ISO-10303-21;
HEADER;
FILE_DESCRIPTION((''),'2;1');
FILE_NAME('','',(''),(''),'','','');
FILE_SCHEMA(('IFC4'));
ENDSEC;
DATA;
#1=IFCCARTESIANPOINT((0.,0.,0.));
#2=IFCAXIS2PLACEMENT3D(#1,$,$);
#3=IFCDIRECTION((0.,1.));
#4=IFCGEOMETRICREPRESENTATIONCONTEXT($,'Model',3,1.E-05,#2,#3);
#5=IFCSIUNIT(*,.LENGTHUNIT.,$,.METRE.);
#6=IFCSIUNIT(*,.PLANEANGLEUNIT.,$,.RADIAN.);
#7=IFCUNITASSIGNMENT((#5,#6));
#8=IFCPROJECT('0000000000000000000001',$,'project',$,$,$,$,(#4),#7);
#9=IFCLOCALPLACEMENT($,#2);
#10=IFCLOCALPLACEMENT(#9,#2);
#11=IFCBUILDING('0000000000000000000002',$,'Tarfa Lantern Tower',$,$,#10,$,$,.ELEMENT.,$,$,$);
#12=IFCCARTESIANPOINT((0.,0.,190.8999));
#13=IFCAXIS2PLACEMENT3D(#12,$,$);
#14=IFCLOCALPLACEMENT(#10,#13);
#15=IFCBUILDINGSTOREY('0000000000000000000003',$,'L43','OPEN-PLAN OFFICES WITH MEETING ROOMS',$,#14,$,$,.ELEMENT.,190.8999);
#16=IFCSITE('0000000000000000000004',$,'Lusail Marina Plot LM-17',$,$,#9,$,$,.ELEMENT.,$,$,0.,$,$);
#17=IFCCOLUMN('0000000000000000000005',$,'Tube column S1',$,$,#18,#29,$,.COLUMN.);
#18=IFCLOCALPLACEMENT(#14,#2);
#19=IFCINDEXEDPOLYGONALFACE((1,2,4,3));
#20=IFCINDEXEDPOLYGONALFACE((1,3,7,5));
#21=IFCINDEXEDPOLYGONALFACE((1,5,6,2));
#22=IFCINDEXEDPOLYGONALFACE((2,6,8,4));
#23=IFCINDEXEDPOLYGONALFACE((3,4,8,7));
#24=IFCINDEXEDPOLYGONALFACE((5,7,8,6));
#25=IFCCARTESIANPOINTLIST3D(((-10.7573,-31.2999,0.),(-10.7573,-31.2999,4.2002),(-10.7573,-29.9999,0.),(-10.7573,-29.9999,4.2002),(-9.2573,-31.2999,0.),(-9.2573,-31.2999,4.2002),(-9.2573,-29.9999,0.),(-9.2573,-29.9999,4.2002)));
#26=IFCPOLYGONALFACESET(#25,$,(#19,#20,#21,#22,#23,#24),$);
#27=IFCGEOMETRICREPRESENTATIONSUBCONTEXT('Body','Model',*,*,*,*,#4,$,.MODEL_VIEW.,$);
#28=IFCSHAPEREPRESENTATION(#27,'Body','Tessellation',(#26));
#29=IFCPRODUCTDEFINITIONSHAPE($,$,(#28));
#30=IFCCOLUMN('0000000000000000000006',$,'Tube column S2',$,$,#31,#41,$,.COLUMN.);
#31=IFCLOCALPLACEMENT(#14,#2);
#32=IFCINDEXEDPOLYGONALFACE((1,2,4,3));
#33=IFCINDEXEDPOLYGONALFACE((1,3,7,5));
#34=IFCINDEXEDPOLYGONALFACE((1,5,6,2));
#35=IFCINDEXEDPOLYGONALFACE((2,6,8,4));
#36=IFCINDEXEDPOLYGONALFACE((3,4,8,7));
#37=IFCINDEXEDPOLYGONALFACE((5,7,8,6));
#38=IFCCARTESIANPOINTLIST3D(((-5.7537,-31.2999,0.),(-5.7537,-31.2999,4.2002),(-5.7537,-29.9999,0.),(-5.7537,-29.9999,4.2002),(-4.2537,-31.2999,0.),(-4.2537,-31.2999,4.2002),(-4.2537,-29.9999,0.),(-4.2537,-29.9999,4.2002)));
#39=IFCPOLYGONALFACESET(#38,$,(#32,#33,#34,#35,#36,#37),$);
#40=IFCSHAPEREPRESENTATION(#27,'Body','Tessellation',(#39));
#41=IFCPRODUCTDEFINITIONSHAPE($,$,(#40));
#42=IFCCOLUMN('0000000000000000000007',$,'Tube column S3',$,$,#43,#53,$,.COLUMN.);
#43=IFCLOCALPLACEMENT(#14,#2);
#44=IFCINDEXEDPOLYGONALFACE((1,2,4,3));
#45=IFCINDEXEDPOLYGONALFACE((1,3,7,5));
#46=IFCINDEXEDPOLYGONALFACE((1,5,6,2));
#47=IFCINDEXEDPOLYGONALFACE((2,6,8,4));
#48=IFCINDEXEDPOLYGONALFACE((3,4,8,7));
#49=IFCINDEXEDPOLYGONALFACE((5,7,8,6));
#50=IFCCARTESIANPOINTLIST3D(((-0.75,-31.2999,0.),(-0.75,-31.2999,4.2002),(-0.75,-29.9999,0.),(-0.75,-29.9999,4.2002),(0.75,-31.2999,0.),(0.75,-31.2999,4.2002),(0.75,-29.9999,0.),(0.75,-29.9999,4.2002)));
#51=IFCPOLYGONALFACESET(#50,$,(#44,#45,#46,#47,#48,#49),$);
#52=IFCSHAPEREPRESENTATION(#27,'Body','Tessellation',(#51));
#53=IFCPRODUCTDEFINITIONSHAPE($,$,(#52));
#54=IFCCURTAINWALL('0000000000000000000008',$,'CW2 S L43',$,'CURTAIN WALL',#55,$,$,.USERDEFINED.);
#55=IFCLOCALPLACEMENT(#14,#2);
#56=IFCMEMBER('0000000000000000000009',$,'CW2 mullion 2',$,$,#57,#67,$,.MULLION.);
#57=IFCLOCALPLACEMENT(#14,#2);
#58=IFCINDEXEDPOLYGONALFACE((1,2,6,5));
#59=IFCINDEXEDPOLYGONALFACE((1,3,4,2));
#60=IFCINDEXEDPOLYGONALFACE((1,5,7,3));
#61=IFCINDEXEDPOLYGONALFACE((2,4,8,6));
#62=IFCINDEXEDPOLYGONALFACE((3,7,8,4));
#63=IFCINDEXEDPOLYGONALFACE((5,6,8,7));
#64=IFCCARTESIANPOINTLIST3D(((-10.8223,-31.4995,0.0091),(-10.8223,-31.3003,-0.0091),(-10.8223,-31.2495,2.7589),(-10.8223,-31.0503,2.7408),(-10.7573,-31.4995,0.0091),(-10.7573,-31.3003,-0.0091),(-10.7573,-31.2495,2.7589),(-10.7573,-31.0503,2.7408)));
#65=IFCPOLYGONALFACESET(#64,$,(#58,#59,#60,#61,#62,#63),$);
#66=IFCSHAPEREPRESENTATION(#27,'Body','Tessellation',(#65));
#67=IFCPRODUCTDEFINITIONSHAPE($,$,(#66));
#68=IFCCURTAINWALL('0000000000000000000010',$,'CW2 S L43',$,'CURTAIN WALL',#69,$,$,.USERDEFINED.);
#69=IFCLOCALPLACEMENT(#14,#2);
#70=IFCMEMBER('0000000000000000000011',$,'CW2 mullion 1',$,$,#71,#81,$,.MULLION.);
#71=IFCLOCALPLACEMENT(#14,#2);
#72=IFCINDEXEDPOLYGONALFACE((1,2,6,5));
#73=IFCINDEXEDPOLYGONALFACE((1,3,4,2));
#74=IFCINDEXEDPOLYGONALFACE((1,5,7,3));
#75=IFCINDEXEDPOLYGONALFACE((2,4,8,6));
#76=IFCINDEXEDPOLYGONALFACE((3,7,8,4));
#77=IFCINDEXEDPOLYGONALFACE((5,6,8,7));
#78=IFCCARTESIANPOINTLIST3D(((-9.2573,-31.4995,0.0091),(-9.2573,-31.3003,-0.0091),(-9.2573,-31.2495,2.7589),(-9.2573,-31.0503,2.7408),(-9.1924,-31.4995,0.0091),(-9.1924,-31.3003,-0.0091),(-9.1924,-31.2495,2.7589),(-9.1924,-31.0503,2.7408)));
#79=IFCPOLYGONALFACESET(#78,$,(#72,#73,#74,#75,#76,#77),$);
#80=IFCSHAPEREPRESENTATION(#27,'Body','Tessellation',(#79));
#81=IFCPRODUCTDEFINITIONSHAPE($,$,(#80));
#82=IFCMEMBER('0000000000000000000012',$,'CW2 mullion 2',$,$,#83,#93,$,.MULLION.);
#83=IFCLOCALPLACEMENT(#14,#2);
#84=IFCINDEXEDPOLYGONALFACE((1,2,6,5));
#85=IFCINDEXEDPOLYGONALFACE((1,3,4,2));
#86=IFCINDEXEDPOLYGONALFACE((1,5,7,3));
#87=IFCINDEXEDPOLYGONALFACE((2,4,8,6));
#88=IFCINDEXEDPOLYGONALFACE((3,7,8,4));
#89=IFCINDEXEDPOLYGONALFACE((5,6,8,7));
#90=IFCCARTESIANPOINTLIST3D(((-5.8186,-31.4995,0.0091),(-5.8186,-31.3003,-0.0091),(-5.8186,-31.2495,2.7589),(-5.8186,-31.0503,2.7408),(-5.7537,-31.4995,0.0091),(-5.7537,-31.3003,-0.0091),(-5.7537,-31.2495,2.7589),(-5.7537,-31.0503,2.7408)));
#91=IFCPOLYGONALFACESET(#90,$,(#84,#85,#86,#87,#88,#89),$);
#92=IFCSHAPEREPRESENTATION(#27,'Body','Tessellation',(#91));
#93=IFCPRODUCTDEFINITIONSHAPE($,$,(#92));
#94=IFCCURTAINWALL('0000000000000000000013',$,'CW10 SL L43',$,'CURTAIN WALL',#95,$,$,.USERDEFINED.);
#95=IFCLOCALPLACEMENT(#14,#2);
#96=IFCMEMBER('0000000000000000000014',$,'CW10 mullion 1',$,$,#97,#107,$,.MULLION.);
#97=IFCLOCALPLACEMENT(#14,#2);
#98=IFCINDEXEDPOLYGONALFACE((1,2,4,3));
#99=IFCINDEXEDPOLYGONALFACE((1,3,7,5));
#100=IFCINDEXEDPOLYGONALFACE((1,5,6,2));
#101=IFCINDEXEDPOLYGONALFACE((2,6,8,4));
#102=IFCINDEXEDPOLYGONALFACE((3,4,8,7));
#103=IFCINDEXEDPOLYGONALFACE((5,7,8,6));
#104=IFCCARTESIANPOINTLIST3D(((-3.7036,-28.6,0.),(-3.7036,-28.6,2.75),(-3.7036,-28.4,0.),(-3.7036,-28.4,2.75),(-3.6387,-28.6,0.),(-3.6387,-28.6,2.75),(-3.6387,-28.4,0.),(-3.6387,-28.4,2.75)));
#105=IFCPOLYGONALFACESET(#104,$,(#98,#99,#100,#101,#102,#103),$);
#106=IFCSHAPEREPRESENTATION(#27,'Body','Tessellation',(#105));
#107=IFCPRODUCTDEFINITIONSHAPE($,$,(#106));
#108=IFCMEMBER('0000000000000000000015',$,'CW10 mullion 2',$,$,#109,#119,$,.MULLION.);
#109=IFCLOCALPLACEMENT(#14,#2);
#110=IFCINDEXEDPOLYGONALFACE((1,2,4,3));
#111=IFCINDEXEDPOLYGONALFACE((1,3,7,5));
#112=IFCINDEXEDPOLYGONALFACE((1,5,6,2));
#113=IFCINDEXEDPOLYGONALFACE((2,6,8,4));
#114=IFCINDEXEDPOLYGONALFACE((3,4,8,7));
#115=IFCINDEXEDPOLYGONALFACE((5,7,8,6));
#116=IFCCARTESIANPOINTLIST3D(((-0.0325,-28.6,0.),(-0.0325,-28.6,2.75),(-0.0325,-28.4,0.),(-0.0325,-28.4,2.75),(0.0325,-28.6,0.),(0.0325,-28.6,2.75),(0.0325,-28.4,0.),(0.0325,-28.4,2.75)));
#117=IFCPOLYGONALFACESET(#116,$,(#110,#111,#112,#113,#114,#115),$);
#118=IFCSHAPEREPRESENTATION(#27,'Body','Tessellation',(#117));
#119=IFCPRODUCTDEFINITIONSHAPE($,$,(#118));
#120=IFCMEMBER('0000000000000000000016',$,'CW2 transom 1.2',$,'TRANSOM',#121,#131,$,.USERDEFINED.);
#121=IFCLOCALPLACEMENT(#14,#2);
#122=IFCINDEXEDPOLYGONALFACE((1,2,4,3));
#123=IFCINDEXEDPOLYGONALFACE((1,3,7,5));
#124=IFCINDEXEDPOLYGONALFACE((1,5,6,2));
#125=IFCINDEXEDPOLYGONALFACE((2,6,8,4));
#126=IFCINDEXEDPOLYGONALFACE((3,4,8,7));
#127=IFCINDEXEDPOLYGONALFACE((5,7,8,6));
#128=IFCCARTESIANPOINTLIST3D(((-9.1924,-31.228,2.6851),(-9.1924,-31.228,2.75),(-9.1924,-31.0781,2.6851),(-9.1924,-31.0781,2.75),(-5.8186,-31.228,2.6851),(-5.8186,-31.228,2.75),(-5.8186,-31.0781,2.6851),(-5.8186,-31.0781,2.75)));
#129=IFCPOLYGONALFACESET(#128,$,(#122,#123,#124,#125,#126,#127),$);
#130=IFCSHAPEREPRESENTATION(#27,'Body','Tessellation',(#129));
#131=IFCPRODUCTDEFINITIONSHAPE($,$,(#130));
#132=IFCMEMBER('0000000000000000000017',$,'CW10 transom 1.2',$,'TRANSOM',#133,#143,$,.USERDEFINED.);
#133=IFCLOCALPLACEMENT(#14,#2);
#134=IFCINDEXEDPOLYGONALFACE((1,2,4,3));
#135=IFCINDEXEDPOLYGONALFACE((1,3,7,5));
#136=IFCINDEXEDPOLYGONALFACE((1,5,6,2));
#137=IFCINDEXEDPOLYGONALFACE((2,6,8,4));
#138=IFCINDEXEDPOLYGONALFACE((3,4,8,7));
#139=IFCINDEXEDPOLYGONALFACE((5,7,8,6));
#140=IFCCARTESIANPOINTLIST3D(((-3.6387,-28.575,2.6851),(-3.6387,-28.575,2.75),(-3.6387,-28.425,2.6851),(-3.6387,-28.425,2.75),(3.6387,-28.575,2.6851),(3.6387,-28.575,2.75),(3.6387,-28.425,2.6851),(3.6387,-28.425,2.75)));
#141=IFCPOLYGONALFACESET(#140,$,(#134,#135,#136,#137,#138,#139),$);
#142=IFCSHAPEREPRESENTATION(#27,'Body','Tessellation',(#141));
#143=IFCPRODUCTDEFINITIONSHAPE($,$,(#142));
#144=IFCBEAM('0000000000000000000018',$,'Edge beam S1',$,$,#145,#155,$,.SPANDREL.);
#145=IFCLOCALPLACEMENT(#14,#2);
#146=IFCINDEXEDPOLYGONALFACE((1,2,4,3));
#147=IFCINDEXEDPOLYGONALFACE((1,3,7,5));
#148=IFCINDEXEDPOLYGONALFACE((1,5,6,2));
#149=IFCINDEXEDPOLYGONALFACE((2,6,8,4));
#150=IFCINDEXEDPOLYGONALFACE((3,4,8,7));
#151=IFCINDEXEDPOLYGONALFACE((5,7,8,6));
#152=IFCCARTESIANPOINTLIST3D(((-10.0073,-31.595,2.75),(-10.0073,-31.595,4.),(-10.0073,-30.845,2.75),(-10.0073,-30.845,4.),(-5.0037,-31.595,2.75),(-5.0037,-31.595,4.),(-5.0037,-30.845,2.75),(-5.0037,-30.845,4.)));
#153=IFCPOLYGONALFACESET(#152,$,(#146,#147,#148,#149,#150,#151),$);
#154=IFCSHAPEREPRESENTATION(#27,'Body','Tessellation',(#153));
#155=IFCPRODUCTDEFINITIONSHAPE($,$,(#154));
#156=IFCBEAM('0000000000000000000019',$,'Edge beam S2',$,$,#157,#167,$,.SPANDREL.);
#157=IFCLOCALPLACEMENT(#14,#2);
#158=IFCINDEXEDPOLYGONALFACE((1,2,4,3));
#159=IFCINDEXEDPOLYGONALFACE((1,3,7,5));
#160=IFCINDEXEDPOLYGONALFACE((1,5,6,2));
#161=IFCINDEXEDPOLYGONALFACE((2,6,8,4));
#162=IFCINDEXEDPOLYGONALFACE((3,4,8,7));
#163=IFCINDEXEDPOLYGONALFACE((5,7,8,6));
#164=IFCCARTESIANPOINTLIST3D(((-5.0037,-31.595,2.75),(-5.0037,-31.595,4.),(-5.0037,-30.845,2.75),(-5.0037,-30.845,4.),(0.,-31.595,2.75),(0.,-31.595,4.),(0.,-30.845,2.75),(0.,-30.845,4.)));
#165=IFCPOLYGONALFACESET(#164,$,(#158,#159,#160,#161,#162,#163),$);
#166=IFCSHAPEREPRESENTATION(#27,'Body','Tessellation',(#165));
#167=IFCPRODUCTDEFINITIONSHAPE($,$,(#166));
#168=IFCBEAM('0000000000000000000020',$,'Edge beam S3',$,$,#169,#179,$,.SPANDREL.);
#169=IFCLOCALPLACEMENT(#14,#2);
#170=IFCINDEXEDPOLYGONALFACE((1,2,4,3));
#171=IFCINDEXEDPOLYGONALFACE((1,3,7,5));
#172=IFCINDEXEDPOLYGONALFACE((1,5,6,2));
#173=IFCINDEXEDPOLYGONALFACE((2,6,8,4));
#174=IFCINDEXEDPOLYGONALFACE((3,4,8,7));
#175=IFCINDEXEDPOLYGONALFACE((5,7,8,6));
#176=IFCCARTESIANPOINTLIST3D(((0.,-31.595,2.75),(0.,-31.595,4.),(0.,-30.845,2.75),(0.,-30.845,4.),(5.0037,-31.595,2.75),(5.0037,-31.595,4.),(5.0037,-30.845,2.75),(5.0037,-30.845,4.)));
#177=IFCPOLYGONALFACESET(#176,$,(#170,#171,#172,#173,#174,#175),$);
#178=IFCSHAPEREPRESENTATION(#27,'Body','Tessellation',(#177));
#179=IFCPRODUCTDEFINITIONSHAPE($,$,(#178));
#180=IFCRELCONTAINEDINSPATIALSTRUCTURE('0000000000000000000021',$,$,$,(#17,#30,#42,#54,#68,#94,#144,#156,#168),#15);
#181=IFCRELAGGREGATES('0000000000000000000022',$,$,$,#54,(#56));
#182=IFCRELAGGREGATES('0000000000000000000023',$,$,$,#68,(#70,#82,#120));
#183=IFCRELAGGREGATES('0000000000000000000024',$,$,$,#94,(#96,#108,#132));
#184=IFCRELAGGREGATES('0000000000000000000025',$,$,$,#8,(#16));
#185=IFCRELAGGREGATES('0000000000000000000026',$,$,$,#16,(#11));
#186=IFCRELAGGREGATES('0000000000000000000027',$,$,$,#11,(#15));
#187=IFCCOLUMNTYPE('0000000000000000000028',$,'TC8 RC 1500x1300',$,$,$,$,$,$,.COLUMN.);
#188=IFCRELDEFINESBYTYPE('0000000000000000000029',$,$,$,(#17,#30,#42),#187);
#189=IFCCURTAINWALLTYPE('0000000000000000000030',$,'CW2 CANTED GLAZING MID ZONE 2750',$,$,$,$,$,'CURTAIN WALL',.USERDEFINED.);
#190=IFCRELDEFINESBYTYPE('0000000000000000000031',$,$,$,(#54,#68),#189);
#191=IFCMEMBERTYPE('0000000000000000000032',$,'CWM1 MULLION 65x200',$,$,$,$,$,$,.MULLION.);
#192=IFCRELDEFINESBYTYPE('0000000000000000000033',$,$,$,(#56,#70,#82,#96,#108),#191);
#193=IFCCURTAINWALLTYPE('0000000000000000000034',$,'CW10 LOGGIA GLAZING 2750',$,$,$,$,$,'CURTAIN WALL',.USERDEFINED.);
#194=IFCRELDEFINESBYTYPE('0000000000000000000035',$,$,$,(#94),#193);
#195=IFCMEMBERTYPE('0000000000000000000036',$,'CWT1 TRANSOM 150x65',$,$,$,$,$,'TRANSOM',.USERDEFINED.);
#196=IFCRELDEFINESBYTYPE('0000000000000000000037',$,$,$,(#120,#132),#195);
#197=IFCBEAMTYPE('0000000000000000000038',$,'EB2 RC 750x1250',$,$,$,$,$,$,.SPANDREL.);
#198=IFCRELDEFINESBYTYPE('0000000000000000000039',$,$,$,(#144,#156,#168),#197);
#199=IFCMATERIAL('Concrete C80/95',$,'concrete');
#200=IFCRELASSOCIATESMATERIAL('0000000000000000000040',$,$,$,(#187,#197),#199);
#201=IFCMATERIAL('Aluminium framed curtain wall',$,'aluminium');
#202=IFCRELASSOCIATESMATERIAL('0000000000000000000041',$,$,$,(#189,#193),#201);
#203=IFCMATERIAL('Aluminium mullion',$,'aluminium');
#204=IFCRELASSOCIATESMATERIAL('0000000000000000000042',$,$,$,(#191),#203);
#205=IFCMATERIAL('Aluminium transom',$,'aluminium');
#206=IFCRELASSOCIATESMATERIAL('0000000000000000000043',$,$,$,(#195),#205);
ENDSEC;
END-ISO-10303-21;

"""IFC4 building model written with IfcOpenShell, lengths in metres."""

from ifc_helpers import new_model, si_unit, direction, frame, origin, origin_2d, place, context, subcontext, project, spatial, rectangle, extrude, material, material_profile, profile_set, type_object, element, aggregate, save


model = new_model("IFC4")

# Units and contexts
model_context = context("Model", 3, precision=1e-05, world=origin(), true_north=direction((0.0, 1.0)))
body_context = subcontext(model_context, "Body", "Model", "MODEL_VIEW")
ifc_project = project(units=[si_unit("LENGTHUNIT", "METRE"), si_unit("PLANEANGLEUNIT", "RADIAN")], contexts=[model_context])

# Site, building, storey
site_placement = place(None, origin())
site = spatial("IfcSite", under=ifc_project, at=site_placement, Name="Lusail Marina Plot LM-17", CompositionType="ELEMENT", RefElevation=0.0)
building_placement = place(site_placement, origin())
building = spatial("IfcBuilding", under=site, at=building_placement, Name="Tarfa Lantern Tower", CompositionType="ELEMENT")
storey_placement = place(building_placement, frame((0.0, 0.0, 190.8999)))
storey = spatial("IfcBuildingStorey", under=building, at=storey_placement, Name="L43", Description="OPEN-PLAN OFFICES WITH MEETING ROOMS", CompositionType="ELEMENT", Elevation=190.8999)

# Columns
ifc_material_1 = material(Name="Concrete C80/95", Category="concrete")
ifc_material_profile_1 = material_profile(ifc_material_1, rectangle(XDim=1.5, YDim=1.3, at=origin_2d()), Name="RC 1500x1300")
ifc_profile_set_1 = profile_set([ifc_material_profile_1], Name="Concrete C80/95")
column_type = type_object("IfcColumnType", Name="TC8 RC 1500x1300", PredefinedType="COLUMN", material=ifc_profile_set_1)
for number, where, z_axis, x_axis, name in (
    (1, (-10.0073, -30.6499, 0.0), (0.0, 0.0, 1.0), (1.0, 0.0, 0.0), "Tube column S1"),
    (2, (-5.0037, -30.6499, 0.0), (0.0, 0.0, 1.0), (1.0, 0.0, 0.0), "Tube column S2"),
    (3, (0.0, -30.6499, 0.0), (0.0, 0.0, 1.0), (1.0, 0.0, 0.0), "Tube column S3"),
):
    element("IfcColumn", number, at=place(storey_placement, frame(where, z_axis=z_axis, x_axis=x_axis)), inside=storey, type_object=column_type, Name=name, PredefinedType="COLUMN", context=body_context, shape_type="SweptSolid", body=[
        extrude(rectangle(XDim=1.5, YDim=1.3, at=origin_2d()), origin(), (0.0, 0.0, 1.0), 4.2002),
    ])

# Curtain wall, member
ifc_material_2 = material(Name="Aluminium framed curtain wall", Category="aluminium")
curtain_wall_type_1 = type_object("IfcCurtainWallType", Name="CW2 CANTED GLAZING MID ZONE 2750", ElementType="CURTAIN WALL", PredefinedType="USERDEFINED", material=ifc_material_2)
curtain_wall_1_placement = place(storey_placement, origin())
curtain_wall_1 = element("IfcCurtainWall", 4, at=curtain_wall_1_placement, inside=storey, type_object=curtain_wall_type_1, Name="CW2 S L43", ObjectType="CURTAIN WALL", PredefinedType="USERDEFINED")
ifc_material_3 = material(Name="Aluminium mullion", Category="aluminium")
ifc_material_profile_2 = material_profile(ifc_material_3, rectangle(XDim=0.0649, YDim=0.2, at=origin_2d()), Name="AL MULLION 65x200")
ifc_profile_set_2 = profile_set([ifc_material_profile_2], Name="Aluminium mullion")
member_type_1 = type_object("IfcMemberType", Name="CWM1 MULLION 65x200", PredefinedType="MULLION", material=ifc_profile_set_2)
member_1_placement = place(storey_placement, frame((-10.7898, -31.3999, 0.0), z_axis=(0.0, 0.090536, 0.995893), x_axis=(-1.0, 0.0, 0.0)))
member_1 = element("IfcMember", 5, at=member_1_placement, type_object=member_type_1, Name="CW2 mullion 2", PredefinedType="MULLION", context=body_context, shape_type="SweptSolid", body=[
    extrude(rectangle(XDim=0.0649, YDim=0.2, at=origin_2d()), origin(), (0.0, 0.0, 1.0), 2.7612),
])
aggregate(curtain_wall_1, [member_1])

# Curtain walls, members
curtain_wall_2_placement = place(storey_placement, origin())
curtain_wall_2 = element("IfcCurtainWall", 6, at=curtain_wall_2_placement, inside=storey, type_object=curtain_wall_type_1, Name="CW2 S L43", ObjectType="CURTAIN WALL", PredefinedType="USERDEFINED")
member_2_placement = place(storey_placement, frame((-9.2249, -31.3999, 0.0), z_axis=(0.0, 0.090536, 0.995893), x_axis=(-1.0, 0.0, 0.0)))
member_2 = element("IfcMember", 7, at=member_2_placement, type_object=member_type_1, Name="CW2 mullion 1", PredefinedType="MULLION", context=body_context, shape_type="SweptSolid", body=[
    extrude(rectangle(XDim=0.0649, YDim=0.2, at=origin_2d()), origin(), (0.0, 0.0, 1.0), 2.7612),
])
member_3_placement = place(storey_placement, frame((-5.7861, -31.3999, 0.0), z_axis=(0.0, 0.090536, 0.995893), x_axis=(-1.0, 0.0, 0.0)))
member_3 = element("IfcMember", 8, at=member_3_placement, type_object=member_type_1, Name="CW2 mullion 2", PredefinedType="MULLION", context=body_context, shape_type="SweptSolid", body=[
    extrude(rectangle(XDim=0.0649, YDim=0.2, at=origin_2d()), origin(), (0.0, 0.0, 1.0), 2.7612),
])
curtain_wall_type_2 = type_object("IfcCurtainWallType", Name="CW10 LOGGIA GLAZING 2750", ElementType="CURTAIN WALL", PredefinedType="USERDEFINED", material=ifc_material_2)
curtain_wall_3_placement = place(storey_placement, origin())
curtain_wall_3 = element("IfcCurtainWall", 9, at=curtain_wall_3_placement, inside=storey, type_object=curtain_wall_type_2, Name="CW10 SL L43", ObjectType="CURTAIN WALL", PredefinedType="USERDEFINED")
member_4_placement = place(storey_placement, frame((-3.6711, -28.5, 0.0), z_axis=(0.0, 0.0, 1.0), x_axis=(1.0, 0.0, 0.0)))
member_4 = element("IfcMember", 10, at=member_4_placement, type_object=member_type_1, Name="CW10 mullion 1", PredefinedType="MULLION", context=body_context, shape_type="SweptSolid", body=[
    extrude(rectangle(XDim=0.0649, YDim=0.2, at=origin_2d()), origin(), (0.0, 0.0, 1.0), 2.75),
])
member_5_placement = place(storey_placement, frame((0.0, -28.5, 0.0), z_axis=(0.0, 0.0, 1.0), x_axis=(1.0, 0.0, 0.0)))
member_5 = element("IfcMember", 11, at=member_5_placement, type_object=member_type_1, Name="CW10 mullion 2", PredefinedType="MULLION", context=body_context, shape_type="SweptSolid", body=[
    extrude(rectangle(XDim=0.0649, YDim=0.2, at=origin_2d()), origin(), (0.0, 0.0, 1.0), 2.75),
])

# Members
ifc_material_4 = material(Name="Aluminium transom", Category="aluminium")
ifc_material_profile_3 = material_profile(ifc_material_4, rectangle(XDim=0.1499, YDim=0.0649, at=origin_2d()), Name="AL TRANSOM 150x65")
ifc_profile_set_3 = profile_set([ifc_material_profile_3], Name="Aluminium transom")
member_type_2 = type_object("IfcMemberType", Name="CWT1 TRANSOM 150x65", ElementType="TRANSOM", PredefinedType="USERDEFINED", material=ifc_profile_set_3)
member_6_placement = place(storey_placement, frame((-9.1924, -31.1531, 2.7175), z_axis=(1.0, 0.0, 0.0), x_axis=(0.0, 1.0, 0.0)))
member_6 = element("IfcMember", 12, at=member_6_placement, type_object=member_type_2, Name="CW2 transom 1.2", ObjectType="TRANSOM", PredefinedType="USERDEFINED", context=body_context, shape_type="SweptSolid", body=[
    extrude(rectangle(XDim=0.1499, YDim=0.0649, at=origin_2d()), origin(), (0.0, 0.0, 1.0), 3.3738),
])
member_7_placement = place(storey_placement, frame((-3.6387, -28.5, 2.7175), z_axis=(1.0, 0.0, 0.0), x_axis=(0.0, 1.0, 0.0)))
member_7 = element("IfcMember", 13, at=member_7_placement, type_object=member_type_2, Name="CW10 transom 1.2", ObjectType="TRANSOM", PredefinedType="USERDEFINED", context=body_context, shape_type="SweptSolid", body=[
    extrude(rectangle(XDim=0.1499, YDim=0.0649, at=origin_2d()), origin(), (0.0, 0.0, 1.0), 7.2773),
])

# Beams
ifc_material_profile_4 = material_profile(ifc_material_1, rectangle(XDim=0.75, YDim=1.25, at=origin_2d()), Name="RC 750x1250")
ifc_profile_set_4 = profile_set([ifc_material_profile_4], Name="Concrete C80/95")
beam_type_1 = type_object("IfcBeamType", Name="EB2 RC 750x1250", PredefinedType="SPANDREL", material=ifc_profile_set_4)
for number, where, z_axis, x_axis, name in (
    (14, (-10.0073, -31.22, 3.375), (1.0, 0.0, 0.0), (0.0, 1.0, 0.0), "Edge beam S1"),
    (15, (-5.0037, -31.22, 3.375), (1.0, 0.0, 0.0), (0.0, 1.0, 0.0), "Edge beam S2"),
    (16, (0.0, -31.22, 3.375), (1.0, 0.0, 0.0), (0.0, 1.0, 0.0), "Edge beam S3"),
):
    element("IfcBeam", number, at=place(storey_placement, frame(where, z_axis=z_axis, x_axis=x_axis)), inside=storey, type_object=beam_type_1, Name=name, PredefinedType="SPANDREL", context=body_context, shape_type="SweptSolid", body=[
        extrude(rectangle(XDim=0.75, YDim=1.25, at=origin_2d()), origin(), (0.0, 0.0, 1.0), 5.0037),
    ])

aggregate(curtain_wall_2, [member_2, member_3, member_6])
aggregate(curtain_wall_3, [member_4, member_5, member_7])

save(model, "model.ifc")
